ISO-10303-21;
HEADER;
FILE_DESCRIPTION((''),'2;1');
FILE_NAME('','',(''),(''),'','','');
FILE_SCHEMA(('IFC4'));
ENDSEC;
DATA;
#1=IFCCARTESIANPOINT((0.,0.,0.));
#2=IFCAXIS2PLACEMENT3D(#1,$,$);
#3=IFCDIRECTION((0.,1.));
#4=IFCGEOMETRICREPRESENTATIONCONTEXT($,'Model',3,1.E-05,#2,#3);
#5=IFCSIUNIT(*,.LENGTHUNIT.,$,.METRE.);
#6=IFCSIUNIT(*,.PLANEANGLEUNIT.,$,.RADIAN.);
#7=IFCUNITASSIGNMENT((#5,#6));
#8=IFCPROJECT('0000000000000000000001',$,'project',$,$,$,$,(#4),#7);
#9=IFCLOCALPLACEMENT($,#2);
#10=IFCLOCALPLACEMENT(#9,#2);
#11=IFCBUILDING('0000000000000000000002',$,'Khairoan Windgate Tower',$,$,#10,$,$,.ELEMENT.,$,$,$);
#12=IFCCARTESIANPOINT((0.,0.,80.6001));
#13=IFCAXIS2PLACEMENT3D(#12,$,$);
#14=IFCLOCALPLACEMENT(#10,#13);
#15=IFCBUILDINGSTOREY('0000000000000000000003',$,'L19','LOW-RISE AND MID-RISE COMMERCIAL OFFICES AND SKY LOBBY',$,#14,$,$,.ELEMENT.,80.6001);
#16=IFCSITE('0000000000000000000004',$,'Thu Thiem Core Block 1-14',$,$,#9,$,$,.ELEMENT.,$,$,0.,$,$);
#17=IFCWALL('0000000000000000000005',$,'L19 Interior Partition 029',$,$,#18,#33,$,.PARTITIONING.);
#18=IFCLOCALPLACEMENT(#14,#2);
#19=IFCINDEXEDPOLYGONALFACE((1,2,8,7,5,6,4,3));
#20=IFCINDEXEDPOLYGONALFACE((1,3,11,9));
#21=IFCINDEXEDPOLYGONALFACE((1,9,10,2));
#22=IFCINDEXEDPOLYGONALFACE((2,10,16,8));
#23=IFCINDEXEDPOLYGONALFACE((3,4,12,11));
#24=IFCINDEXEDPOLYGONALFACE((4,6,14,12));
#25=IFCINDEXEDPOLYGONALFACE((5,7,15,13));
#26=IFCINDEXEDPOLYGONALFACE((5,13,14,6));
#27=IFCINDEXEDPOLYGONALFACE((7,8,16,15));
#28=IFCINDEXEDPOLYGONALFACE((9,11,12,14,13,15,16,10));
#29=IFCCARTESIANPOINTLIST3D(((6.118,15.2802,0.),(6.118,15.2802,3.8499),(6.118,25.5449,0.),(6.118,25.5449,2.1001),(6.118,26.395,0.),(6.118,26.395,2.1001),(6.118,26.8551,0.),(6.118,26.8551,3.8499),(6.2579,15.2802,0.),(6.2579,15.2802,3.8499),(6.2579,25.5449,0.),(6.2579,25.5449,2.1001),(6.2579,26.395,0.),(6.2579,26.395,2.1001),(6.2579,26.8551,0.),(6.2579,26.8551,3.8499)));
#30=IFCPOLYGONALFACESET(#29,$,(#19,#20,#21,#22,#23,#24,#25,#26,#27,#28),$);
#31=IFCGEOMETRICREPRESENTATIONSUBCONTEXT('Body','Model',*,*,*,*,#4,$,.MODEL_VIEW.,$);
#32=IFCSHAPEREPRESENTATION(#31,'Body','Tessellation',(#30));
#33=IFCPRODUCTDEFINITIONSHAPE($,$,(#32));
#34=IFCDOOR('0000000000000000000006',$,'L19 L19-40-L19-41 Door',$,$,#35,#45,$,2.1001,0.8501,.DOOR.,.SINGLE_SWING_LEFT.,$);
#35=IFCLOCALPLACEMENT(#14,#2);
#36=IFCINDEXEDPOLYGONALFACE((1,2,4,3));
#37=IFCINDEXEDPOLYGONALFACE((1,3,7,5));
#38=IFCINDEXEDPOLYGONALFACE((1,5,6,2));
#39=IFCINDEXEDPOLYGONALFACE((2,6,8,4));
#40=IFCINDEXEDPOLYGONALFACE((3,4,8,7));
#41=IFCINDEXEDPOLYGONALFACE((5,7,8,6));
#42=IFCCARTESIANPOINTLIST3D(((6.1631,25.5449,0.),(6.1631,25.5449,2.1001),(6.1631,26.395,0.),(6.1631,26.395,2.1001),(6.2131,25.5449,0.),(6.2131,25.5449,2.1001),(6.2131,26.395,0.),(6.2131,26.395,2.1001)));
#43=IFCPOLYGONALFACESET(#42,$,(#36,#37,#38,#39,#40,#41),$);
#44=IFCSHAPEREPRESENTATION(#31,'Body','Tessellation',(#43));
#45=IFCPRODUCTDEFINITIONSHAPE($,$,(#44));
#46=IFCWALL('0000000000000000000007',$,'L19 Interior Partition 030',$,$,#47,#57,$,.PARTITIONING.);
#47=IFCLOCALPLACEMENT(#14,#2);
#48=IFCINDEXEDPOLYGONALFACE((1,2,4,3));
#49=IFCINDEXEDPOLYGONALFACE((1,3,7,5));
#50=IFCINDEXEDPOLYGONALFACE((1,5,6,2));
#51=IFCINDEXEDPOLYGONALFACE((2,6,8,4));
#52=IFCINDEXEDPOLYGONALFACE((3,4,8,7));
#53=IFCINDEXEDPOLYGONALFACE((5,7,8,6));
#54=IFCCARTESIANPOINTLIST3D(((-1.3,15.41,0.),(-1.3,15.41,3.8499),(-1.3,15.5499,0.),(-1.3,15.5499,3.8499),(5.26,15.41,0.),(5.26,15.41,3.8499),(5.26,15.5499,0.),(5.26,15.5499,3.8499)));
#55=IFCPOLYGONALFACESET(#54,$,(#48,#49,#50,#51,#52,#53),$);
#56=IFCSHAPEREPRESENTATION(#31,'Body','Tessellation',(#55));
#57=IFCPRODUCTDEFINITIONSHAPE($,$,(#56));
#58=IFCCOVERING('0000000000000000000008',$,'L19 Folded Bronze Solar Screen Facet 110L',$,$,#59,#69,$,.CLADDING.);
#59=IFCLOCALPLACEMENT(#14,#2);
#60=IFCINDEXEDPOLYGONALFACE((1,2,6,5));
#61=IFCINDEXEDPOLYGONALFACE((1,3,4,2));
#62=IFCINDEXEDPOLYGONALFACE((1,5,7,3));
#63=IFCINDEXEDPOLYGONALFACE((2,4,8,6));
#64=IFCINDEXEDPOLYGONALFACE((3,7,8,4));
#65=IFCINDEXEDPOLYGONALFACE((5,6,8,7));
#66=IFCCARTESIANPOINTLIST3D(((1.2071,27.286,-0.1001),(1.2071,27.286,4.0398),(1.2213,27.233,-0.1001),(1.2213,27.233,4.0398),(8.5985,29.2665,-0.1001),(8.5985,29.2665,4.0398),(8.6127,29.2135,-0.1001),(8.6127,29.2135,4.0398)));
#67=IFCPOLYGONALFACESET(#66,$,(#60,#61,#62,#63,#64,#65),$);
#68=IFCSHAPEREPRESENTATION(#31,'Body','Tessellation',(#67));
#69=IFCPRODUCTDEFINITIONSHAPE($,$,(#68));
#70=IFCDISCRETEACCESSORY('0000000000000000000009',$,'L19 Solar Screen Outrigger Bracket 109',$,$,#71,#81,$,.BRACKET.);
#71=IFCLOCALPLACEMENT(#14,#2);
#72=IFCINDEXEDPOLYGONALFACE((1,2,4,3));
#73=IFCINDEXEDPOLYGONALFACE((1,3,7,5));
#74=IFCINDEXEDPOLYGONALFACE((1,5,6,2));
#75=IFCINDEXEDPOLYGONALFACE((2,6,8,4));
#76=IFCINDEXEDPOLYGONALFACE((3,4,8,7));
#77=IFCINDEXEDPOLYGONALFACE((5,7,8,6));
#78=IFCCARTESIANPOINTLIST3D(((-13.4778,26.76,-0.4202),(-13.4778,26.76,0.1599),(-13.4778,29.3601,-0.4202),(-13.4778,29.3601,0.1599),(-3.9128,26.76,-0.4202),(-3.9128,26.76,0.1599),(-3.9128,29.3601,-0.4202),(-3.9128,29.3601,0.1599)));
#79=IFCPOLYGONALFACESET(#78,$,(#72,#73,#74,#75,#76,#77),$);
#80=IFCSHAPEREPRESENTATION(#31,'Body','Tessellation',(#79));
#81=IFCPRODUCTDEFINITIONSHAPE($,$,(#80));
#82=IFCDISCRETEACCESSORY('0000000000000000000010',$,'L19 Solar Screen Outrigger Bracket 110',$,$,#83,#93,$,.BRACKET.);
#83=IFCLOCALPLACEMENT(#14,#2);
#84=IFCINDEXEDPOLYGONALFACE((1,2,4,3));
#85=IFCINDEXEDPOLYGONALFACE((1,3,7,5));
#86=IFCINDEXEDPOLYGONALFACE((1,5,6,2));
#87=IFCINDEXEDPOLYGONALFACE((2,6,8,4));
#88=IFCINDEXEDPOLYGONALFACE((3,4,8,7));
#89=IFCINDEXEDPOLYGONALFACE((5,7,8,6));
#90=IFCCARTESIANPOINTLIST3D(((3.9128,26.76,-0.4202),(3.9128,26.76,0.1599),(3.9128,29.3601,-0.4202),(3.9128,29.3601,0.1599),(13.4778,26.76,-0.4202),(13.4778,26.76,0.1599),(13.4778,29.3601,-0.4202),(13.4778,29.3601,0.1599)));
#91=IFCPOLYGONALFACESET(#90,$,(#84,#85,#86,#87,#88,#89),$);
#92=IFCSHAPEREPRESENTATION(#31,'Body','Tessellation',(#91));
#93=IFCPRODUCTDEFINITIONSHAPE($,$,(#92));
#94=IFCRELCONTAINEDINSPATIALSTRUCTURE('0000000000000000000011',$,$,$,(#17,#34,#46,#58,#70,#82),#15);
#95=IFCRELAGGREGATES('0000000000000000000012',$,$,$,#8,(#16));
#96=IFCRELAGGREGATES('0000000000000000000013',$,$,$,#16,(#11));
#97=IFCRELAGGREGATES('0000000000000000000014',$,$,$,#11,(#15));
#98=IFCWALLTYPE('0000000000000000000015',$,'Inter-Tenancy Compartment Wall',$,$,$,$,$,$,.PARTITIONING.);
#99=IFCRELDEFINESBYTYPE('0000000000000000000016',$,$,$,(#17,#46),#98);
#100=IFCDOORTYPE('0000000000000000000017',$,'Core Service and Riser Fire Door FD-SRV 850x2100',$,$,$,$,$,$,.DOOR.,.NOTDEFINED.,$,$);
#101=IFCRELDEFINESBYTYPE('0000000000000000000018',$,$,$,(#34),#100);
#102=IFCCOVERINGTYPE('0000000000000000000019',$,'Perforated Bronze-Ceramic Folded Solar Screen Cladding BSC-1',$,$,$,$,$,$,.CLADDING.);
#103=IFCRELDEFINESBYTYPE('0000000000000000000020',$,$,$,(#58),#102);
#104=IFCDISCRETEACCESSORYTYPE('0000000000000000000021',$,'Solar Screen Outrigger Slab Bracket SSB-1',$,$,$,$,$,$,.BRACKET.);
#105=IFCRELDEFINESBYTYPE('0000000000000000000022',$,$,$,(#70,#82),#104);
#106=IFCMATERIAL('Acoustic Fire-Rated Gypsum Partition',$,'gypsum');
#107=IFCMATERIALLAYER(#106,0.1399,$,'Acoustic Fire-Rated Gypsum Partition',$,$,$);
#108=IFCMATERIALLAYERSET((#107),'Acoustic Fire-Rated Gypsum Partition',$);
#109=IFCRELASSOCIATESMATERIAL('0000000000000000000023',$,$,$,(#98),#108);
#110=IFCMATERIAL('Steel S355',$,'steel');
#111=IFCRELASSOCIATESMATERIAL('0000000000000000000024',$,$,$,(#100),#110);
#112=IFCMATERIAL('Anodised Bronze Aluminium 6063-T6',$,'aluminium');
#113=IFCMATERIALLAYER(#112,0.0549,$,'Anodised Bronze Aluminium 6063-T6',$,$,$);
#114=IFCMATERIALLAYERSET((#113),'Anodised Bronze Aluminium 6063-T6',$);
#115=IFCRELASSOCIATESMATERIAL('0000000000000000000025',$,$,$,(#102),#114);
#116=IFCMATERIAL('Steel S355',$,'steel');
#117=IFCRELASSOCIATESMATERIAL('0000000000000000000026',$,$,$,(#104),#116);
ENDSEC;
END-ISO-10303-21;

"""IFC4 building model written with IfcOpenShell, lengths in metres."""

from ifc_helpers import new_model, si_unit, direction, frame, frame_2d, origin, origin_2d, place, context, subcontext, project, spatial, rectangle, extrude, material, layer, layer_set, type_object, element, fill, save


model = new_model("IFC4")

# Units and contexts
model_context = context("Model", 3, precision=1e-05, world=origin(), true_north=direction((0.0, 1.0)))
body_context = subcontext(model_context, "Body", "Model", "MODEL_VIEW")
ifc_project = project(units=[si_unit("LENGTHUNIT", "METRE"), si_unit("PLANEANGLEUNIT", "RADIAN")], contexts=[model_context])

# Site, building, storey
site_placement = place(None, origin())
site = spatial("IfcSite", under=ifc_project, at=site_placement, Name="Thu Thiem Core Block 1-14", CompositionType="ELEMENT", RefElevation=0.0)
building_placement = place(site_placement, origin())
building = spatial("IfcBuilding", under=site, at=building_placement, Name="Khairoan Windgate Tower", CompositionType="ELEMENT")
storey_placement = place(building_placement, frame((0.0, 0.0, 80.6001)))
storey = spatial("IfcBuildingStorey", under=building, at=storey_placement, Name="L19", Description="LOW-RISE AND MID-RISE COMMERCIAL OFFICES AND SKY LOBBY", CompositionType="ELEMENT", Elevation=80.6001)

# Shared definitions
ifc_material_1 = material(Name="Acoustic Fire-Rated Gypsum Partition", Category="gypsum")
ifc_layer_1 = layer(ifc_material_1, 0.1399, Name="Acoustic Fire-Rated Gypsum Partition")
ifc_layer_set_1 = layer_set([ifc_layer_1], Name="Acoustic Fire-Rated Gypsum Partition")
wall_type_1 = type_object("IfcWallType", Name="Inter-Tenancy Compartment Wall", PredefinedType="PARTITIONING", material=ifc_layer_set_1)

# Wall, opening, door
ifc_material_2 = material(Name="Steel S355", Category="steel")
door_type = type_object("IfcDoorType", Name="Core Service and Riser Fire Door FD-SRV 850x2100", OperationType="NOTDEFINED", PredefinedType="DOOR", material=ifc_material_2)
wall_1_placement = place(storey_placement, frame((6.188, 15.28, 0.0), z_axis=(0.0, 0.0, 1.0), x_axis=(0.0, 1.0, 0.0)))
wall_1 = element("IfcWall", 1, at=wall_1_placement, inside=storey, type_object=wall_type_1, Name="L19 Interior Partition 029", PredefinedType="PARTITIONING", context=body_context, shape_type="SweptSolid", body=[
    extrude(rectangle(XDim=11.575, YDim=0.1399, at=frame_2d((5.7876, 0.0))), origin(), (0.0, 0.0, 1.0), 3.8499),
])
opening_1_placement = place(wall_1_placement, frame((10.2649, 0.0, 0.0)))
opening_1 = element("IfcOpeningElement", 2, at=opening_1_placement, cuts=wall_1, PredefinedType="OPENING", context=body_context, shape_type="SweptSolid", body=[
    extrude(rectangle(XDim=0.8501, YDim=2.1001, at=frame_2d((0.425, 1.05))), frame((0.0, 0.0798, 0.0), z_axis=(0.0, -1.0, 0.0), x_axis=(1.0, 0.0, 0.0)), (0.0, 0.0, 1.0), 0.1599),
])
door_1_placement = place(opening_1_placement, origin())
door_1 = element("IfcDoor", 3, at=door_1_placement, inside=storey, type_object=door_type, Name="L19 L19-40-L19-41 Door", OperationType="SINGLE_SWING_LEFT", OverallHeight=2.1001, OverallWidth=0.8501, PredefinedType="DOOR", context=body_context, shape_type="SweptSolid", body=[
    extrude(rectangle(XDim=0.8501, YDim=2.1001, at=frame_2d((0.425, 1.05))), frame((0.0, 0.0249, 0.0), z_axis=(0.0, -1.0, 0.0), x_axis=(1.0, 0.0, 0.0)), (0.0, 0.0, 1.0), 0.05),
])
fill(opening_1, door_1)

# Wall
wall_2_placement = place(storey_placement, frame((-1.3, 15.48, 0.0), z_axis=(0.0, 0.0, 1.0), x_axis=(1.0, 0.0, 0.0)))
element("IfcWall", 4, at=wall_2_placement, inside=storey, type_object=wall_type_1, Name="L19 Interior Partition 030", PredefinedType="PARTITIONING", context=body_context, shape_type="SweptSolid", body=[
    extrude(rectangle(XDim=6.5601, YDim=0.1399, at=frame_2d((3.28, 0.0))), origin(), (0.0, 0.0, 1.0), 3.8499),
])

# Covering
ifc_material_3 = material(Name="Anodised Bronze Aluminium 6063-T6", Category="aluminium")
ifc_layer_2 = layer(ifc_material_3, 0.0549, Name="Anodised Bronze Aluminium 6063-T6")
ifc_layer_set_2 = layer_set([ifc_layer_2], Name="Anodised Bronze Aluminium 6063-T6")
covering_type = type_object("IfcCoveringType", Name="Perforated Bronze-Ceramic Folded Solar Screen Cladding BSC-1", PredefinedType="CLADDING", material=ifc_layer_set_2)
covering_placement = place(storey_placement, frame((4.9099, 28.2498, -0.1001), z_axis=(0.0, 0.0, 1.0), x_axis=(0.965926, 0.258819, 0.0)))
element("IfcCovering", 5, at=covering_placement, inside=storey, type_object=covering_type, Name="L19 Folded Bronze Solar Screen Facet 110L", PredefinedType="CLADDING", context=body_context, shape_type="SweptSolid", body=[
    extrude(rectangle(XDim=7.6521, YDim=0.0549, at=origin_2d()), origin(), (0.0, 0.0, 1.0), 4.1399),
])

# Discrete accessories
ifc_material_4 = material(Name="Steel S355", Category="steel")
discrete_accessory_type = type_object("IfcDiscreteAccessoryType", Name="Solar Screen Outrigger Slab Bracket SSB-1", PredefinedType="BRACKET", material=ifc_material_4)
for number, where, z_axis, x_axis, name in (
    (6, (-8.6953, 28.0601, -0.4202), (0.0, 0.0, 1.0), (1.0, 0.0, 0.0), "L19 Solar Screen Outrigger Bracket 109"),
    (7, (8.6953, 28.0601, -0.4202), (0.0, 0.0, 1.0), (1.0, 0.0, 0.0), "L19 Solar Screen Outrigger Bracket 110"),
):
    element("IfcDiscreteAccessory", number, at=place(storey_placement, frame(where, z_axis=z_axis, x_axis=x_axis)), inside=storey, type_object=discrete_accessory_type, Name=name, PredefinedType="BRACKET", context=body_context, shape_type="SweptSolid", body=[
        extrude(rectangle(XDim=9.5649, YDim=2.6001, at=origin_2d()), origin(), (0.0, 0.0, 1.0), 0.5801),
    ])

save(model, "model.ifc")
